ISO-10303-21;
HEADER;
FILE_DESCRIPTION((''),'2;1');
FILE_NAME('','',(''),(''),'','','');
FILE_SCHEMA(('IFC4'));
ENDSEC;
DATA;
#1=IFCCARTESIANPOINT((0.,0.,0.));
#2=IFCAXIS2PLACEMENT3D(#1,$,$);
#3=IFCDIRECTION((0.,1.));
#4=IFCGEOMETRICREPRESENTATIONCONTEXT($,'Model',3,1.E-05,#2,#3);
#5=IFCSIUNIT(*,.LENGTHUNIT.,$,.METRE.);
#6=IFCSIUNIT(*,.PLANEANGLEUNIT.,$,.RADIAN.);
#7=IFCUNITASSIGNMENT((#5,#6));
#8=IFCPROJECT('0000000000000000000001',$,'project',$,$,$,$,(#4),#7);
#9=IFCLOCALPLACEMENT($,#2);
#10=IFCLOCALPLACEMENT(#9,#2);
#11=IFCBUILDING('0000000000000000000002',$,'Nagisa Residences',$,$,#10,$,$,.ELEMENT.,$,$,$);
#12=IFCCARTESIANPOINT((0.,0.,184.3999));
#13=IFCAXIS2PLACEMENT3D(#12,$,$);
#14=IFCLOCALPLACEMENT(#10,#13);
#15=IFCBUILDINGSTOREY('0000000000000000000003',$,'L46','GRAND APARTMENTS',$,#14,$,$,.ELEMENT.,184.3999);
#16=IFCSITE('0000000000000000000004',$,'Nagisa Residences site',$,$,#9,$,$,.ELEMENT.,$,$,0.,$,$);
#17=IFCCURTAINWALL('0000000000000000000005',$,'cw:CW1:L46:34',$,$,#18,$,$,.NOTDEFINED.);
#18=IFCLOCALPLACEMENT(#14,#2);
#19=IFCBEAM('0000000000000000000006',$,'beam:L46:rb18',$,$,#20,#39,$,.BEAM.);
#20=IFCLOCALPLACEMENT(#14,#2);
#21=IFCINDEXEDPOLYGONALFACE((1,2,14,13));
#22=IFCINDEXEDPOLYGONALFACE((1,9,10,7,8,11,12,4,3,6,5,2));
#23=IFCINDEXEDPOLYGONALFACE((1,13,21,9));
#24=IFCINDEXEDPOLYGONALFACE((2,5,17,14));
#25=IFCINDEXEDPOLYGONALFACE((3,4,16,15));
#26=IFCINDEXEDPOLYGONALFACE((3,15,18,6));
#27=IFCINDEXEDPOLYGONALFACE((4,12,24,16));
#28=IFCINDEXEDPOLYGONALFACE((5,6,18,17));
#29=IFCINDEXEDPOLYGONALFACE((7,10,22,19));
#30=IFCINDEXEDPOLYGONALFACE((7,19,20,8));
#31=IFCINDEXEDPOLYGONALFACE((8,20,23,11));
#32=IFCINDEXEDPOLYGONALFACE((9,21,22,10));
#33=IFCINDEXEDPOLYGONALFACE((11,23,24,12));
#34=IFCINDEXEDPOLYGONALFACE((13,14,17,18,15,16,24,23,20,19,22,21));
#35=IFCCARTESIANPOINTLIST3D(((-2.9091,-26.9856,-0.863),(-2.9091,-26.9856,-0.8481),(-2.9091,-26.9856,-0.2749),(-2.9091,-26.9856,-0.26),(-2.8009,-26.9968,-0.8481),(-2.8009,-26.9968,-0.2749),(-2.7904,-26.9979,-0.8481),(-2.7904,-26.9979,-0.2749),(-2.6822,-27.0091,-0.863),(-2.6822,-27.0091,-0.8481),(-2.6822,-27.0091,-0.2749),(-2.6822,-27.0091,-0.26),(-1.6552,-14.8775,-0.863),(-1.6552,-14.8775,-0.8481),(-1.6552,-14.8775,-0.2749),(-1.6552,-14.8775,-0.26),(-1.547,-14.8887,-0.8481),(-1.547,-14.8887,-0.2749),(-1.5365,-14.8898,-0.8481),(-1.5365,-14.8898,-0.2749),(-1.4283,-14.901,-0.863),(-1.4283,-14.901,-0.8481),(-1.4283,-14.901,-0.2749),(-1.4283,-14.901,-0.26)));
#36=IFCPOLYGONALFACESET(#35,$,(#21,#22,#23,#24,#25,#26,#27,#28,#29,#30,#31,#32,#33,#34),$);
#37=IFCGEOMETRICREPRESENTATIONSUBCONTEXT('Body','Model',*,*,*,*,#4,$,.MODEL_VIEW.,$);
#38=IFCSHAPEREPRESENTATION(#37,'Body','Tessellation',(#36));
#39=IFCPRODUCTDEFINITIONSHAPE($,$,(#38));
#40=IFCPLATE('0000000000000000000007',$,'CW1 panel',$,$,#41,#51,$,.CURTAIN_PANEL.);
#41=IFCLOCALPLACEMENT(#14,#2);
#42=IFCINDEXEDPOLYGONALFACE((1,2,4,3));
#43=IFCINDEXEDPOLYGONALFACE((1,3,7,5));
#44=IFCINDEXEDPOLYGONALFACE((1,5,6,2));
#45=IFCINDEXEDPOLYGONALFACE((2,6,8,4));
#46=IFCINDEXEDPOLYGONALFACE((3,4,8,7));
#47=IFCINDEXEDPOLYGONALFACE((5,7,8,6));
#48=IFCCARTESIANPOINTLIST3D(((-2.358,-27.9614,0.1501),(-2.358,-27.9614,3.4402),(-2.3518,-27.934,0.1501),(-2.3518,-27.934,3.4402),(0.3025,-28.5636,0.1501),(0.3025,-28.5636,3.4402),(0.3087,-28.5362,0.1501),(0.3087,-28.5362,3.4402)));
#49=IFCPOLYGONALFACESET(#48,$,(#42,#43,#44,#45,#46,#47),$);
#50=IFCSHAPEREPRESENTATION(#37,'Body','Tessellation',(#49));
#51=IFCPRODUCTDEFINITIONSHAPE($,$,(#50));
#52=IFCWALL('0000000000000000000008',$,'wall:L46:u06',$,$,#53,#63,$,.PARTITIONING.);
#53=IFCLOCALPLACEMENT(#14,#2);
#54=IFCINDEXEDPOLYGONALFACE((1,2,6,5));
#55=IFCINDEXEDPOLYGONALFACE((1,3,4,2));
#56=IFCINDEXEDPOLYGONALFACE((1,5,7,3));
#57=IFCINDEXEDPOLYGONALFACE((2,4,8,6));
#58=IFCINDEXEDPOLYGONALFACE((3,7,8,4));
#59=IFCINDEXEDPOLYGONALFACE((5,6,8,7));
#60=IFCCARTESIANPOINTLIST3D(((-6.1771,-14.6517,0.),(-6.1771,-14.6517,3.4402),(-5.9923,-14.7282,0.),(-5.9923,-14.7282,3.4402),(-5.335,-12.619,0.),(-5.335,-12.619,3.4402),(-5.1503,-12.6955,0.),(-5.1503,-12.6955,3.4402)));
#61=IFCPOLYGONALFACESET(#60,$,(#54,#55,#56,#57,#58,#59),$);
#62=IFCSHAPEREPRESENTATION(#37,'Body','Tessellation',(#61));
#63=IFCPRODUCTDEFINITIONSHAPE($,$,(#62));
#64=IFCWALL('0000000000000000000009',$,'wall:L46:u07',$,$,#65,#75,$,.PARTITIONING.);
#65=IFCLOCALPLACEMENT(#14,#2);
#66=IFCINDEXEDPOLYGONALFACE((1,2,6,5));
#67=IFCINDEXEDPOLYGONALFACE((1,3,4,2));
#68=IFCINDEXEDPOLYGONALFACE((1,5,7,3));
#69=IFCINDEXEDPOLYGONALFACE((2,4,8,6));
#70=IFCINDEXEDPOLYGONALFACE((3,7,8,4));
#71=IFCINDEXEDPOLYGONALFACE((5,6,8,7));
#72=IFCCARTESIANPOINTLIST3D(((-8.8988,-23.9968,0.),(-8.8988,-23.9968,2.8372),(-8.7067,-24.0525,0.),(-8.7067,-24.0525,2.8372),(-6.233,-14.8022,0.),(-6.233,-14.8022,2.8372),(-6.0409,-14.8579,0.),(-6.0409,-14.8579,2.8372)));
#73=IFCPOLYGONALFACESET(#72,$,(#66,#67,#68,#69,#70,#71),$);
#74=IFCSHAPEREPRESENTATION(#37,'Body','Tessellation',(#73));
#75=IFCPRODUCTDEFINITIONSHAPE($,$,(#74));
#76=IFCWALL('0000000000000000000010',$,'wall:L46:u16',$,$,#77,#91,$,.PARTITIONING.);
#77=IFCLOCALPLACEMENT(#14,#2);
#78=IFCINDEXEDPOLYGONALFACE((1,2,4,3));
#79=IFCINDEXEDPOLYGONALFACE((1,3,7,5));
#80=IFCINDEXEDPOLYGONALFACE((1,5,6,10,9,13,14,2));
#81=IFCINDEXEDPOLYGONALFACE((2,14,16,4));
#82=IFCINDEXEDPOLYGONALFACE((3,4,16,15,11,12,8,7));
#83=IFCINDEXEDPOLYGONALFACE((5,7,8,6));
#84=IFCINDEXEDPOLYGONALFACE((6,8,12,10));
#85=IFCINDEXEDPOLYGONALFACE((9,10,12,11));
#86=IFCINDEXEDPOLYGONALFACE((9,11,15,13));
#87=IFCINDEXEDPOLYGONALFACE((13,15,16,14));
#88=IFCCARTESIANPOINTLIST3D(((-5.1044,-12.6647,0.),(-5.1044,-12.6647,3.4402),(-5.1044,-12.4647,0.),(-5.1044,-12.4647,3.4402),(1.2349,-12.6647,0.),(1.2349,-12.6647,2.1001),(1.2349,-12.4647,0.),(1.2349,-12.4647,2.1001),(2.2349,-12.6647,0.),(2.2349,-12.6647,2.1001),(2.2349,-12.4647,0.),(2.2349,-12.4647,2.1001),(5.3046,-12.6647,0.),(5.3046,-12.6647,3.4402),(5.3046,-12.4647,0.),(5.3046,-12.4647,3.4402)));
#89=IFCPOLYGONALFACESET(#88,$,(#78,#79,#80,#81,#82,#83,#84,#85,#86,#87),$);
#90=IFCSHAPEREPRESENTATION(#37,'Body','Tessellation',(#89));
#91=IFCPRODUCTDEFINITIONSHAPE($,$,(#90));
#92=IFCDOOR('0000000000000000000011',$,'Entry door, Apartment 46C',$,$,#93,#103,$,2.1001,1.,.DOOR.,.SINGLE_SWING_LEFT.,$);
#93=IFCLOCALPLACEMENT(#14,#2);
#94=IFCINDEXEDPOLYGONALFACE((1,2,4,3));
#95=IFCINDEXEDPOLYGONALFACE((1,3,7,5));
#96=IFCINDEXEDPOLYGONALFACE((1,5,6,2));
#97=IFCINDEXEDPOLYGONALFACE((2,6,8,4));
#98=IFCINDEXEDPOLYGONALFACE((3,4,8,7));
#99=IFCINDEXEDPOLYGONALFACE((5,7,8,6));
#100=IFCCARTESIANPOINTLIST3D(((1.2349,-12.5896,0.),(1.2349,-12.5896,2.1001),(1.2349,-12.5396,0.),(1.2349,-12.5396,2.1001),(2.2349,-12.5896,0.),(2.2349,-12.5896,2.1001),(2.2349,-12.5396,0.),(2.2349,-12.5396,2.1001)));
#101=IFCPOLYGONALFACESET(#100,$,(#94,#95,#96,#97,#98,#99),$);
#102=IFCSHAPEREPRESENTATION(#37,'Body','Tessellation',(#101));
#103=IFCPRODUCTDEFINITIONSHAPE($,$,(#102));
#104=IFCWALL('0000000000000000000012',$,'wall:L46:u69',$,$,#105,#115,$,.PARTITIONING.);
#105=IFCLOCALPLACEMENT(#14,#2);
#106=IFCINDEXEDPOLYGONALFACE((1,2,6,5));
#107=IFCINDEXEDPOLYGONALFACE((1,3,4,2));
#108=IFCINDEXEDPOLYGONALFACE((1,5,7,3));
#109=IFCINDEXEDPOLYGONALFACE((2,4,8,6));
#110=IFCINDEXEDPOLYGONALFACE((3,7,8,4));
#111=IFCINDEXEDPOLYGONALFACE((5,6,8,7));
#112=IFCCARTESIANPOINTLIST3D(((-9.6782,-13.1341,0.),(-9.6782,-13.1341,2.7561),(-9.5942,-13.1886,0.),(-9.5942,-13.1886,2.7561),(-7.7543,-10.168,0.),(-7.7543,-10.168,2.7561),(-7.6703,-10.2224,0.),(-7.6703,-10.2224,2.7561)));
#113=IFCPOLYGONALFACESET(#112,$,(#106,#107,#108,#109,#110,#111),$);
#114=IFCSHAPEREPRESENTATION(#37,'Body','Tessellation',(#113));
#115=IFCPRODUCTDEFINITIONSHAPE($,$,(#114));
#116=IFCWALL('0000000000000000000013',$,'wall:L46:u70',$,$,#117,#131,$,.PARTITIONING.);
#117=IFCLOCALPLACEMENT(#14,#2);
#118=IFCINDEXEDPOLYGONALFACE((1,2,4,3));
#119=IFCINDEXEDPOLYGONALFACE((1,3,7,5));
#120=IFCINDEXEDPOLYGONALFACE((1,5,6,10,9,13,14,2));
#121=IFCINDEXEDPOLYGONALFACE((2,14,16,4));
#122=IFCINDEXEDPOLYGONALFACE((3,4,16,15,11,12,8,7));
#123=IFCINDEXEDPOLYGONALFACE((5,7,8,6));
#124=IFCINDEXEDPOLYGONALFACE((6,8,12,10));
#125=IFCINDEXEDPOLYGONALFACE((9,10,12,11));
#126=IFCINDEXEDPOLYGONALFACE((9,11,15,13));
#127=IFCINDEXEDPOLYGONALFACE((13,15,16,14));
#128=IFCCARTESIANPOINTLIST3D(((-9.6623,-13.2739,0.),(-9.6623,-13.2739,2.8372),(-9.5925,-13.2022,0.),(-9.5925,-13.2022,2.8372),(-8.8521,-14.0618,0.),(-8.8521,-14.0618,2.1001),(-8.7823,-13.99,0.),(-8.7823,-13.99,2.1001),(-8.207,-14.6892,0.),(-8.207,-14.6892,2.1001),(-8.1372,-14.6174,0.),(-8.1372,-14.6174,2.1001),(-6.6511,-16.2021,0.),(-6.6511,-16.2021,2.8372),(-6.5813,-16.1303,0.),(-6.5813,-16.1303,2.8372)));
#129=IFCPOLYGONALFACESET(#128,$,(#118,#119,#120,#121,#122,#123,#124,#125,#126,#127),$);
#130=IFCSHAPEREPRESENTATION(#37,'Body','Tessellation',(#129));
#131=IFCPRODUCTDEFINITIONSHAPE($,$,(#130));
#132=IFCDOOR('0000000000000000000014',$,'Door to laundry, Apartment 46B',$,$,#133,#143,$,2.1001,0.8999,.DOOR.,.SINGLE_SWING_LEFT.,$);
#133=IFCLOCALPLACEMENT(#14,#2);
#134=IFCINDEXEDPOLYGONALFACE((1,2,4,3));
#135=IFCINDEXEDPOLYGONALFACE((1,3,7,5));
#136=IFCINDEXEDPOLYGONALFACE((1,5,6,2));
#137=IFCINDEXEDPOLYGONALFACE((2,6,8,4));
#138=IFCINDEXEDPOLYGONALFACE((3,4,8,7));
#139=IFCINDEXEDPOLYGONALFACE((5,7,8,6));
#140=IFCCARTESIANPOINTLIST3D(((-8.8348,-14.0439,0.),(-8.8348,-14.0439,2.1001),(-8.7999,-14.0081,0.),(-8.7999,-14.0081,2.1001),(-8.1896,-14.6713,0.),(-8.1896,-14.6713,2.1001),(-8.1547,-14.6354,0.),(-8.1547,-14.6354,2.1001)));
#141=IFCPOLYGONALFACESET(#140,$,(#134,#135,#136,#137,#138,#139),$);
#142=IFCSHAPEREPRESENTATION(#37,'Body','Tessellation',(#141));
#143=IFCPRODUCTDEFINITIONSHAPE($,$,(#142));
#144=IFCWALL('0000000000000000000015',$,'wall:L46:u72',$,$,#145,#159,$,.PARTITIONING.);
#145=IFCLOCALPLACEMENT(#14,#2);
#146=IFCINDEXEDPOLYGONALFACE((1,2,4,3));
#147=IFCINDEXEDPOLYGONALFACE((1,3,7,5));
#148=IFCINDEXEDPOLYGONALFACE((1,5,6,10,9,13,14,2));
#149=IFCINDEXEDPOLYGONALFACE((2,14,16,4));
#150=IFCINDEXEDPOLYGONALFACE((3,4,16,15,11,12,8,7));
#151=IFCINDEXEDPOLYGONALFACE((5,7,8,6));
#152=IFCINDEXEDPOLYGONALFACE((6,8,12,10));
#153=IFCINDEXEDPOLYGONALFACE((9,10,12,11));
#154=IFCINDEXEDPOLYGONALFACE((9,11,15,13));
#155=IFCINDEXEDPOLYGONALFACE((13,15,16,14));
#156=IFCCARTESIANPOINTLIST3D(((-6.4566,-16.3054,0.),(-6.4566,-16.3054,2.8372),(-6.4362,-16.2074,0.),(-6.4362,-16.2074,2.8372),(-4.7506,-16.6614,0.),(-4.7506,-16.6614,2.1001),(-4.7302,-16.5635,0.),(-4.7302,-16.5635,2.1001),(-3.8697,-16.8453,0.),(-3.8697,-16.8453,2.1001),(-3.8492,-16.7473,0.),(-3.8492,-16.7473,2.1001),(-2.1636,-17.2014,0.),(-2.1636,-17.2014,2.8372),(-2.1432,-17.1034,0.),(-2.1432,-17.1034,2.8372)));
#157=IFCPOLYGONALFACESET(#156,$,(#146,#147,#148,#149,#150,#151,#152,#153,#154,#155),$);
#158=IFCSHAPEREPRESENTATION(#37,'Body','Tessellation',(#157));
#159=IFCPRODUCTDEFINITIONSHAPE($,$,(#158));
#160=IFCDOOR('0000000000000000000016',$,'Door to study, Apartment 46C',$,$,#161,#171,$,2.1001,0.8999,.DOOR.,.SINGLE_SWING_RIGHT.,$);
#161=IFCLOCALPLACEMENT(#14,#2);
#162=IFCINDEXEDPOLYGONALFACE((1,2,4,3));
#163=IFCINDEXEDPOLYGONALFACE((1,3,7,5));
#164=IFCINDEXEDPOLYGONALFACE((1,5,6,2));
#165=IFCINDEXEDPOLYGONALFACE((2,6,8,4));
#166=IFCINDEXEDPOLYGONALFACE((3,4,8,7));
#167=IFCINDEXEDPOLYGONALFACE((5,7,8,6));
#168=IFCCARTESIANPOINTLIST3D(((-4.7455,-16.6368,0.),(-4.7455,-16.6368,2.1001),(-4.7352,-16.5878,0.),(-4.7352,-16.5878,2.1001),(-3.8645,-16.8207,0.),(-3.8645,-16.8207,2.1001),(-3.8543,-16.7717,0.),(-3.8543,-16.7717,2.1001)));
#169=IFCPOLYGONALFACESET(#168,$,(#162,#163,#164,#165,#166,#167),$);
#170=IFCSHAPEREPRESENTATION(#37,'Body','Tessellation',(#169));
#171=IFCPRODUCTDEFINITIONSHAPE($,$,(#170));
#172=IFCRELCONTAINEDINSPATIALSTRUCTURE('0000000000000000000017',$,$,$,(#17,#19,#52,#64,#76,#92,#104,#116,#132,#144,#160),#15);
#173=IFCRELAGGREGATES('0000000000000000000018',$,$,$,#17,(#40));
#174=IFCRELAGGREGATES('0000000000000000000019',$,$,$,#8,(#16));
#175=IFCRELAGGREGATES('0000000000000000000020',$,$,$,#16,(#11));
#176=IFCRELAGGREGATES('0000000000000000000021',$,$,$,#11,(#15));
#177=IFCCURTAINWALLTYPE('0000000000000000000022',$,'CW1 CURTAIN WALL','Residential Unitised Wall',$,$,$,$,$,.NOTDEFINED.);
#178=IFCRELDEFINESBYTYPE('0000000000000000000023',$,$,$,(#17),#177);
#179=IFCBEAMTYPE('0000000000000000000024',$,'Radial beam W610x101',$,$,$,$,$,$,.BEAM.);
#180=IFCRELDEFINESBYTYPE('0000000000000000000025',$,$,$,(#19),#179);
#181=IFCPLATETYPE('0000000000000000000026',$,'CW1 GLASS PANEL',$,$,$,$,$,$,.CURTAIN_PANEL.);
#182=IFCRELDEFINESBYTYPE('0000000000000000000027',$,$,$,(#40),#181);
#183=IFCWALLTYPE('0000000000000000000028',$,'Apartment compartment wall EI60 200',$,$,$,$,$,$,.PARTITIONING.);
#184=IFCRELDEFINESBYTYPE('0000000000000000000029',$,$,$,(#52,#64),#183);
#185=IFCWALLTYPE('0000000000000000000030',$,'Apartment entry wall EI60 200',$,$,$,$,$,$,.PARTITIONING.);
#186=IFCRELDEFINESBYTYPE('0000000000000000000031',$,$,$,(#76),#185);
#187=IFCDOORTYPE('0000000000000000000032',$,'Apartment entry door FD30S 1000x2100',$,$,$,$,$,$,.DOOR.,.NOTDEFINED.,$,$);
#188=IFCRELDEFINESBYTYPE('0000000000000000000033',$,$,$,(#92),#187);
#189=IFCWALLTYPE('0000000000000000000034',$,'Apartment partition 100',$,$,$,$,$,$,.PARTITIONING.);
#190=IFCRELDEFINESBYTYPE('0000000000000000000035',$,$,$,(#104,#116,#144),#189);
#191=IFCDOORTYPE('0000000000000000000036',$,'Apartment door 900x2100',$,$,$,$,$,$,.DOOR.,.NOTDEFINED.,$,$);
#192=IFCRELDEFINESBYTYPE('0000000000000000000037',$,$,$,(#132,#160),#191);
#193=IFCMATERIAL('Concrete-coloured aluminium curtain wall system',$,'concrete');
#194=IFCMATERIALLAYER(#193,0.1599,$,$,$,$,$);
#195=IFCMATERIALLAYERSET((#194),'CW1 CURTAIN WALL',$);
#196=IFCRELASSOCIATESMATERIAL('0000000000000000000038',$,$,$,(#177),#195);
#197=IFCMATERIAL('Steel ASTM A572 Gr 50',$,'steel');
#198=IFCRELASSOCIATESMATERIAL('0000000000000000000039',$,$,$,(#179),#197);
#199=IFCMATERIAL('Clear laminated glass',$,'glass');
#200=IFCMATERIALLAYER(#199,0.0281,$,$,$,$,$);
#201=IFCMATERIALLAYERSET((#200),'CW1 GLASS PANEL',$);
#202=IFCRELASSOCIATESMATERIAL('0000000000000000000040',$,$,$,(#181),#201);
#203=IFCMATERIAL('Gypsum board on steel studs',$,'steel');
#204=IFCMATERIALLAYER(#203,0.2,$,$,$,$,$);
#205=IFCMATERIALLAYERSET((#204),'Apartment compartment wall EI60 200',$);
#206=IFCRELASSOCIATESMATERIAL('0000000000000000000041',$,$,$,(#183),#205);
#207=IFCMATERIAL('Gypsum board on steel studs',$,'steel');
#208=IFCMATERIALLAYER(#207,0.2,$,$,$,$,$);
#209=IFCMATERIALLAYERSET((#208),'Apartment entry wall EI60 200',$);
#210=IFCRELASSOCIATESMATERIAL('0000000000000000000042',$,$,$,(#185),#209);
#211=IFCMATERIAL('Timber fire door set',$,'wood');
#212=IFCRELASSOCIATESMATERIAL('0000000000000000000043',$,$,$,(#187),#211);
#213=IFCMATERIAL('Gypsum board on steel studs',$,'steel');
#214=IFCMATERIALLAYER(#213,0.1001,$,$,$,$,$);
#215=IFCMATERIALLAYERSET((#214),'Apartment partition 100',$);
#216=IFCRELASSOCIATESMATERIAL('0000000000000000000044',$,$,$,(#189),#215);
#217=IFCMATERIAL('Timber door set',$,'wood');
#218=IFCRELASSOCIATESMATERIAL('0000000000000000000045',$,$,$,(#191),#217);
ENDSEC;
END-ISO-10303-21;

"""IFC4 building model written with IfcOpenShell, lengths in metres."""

from ifc_helpers import new_model, si_unit, direction, frame, frame_2d, origin, origin_2d, place, context, subcontext, project, spatial, rectangle, i_section, extrude, material, layer, layer_set, material_profile, profile_set, type_object, element, fill, aggregate, save


model = new_model("IFC4")

# Units and contexts
model_context = context("Model", 3, precision=1e-05, world=origin(), true_north=direction((0.0, 1.0)))
body_context = subcontext(model_context, "Body", "Model", "MODEL_VIEW")
ifc_project = project(units=[si_unit("LENGTHUNIT", "METRE"), si_unit("PLANEANGLEUNIT", "RADIAN")], contexts=[model_context])

# Site, building, storey
site_placement = place(None, origin())
site = spatial("IfcSite", under=ifc_project, at=site_placement, Name="Nagisa Residences site", CompositionType="ELEMENT", RefElevation=0.0)
building_placement = place(site_placement, origin())
building = spatial("IfcBuilding", under=site, at=building_placement, Name="Nagisa Residences", CompositionType="ELEMENT")
storey_placement = place(building_placement, frame((0.0, 0.0, 184.3999)))
storey = spatial("IfcBuildingStorey", under=building, at=storey_placement, Name="L46", Description="GRAND APARTMENTS", CompositionType="ELEMENT", Elevation=184.3999)

# Curtain wall
ifc_material_1 = material(Name="Concrete-coloured aluminium curtain wall system", Category="concrete")
ifc_layer_1 = layer(ifc_material_1, 0.1599)
ifc_layer_set_1 = layer_set([ifc_layer_1], Name="CW1 CURTAIN WALL")
curtain_wall_type = type_object("IfcCurtainWallType", Name="CW1 CURTAIN WALL", Description="Residential Unitised Wall", PredefinedType="NOTDEFINED", material=ifc_layer_set_1)
curtain_wall_placement = place(storey_placement, origin())
curtain_wall = element("IfcCurtainWall", 1, at=curtain_wall_placement, inside=storey, type_object=curtain_wall_type, Name="cw:CW1:L46:34", PredefinedType="NOTDEFINED")

# Beam
ifc_material_2 = material(Name="Steel ASTM A572 Gr 50", Category="steel")
ifc_material_profile_1 = material_profile(ifc_material_2, i_section(OverallWidth=0.228, OverallDepth=0.603, WebThickness=0.0105, FlangeThickness=0.0149, at=origin_2d()), Name="W610x101")
ifc_profile_set_1 = profile_set([ifc_material_profile_1], Name="Steel ASTM A572 Gr 50")
beam_type_1 = type_object("IfcBeamType", Name="Radial beam W610x101", PredefinedType="BEAM", material=ifc_profile_set_1)
beam_1_placement = place(storey_placement, frame((-2.7957, -26.9973, -0.5615), z_axis=(0.103008, 0.994681, 0.0), x_axis=(-0.994681, 0.103008, 0.0)))
element("IfcBeam", 2, at=beam_1_placement, inside=storey, type_object=beam_type_1, Name="beam:L46:rb18", PredefinedType="BEAM", context=body_context, shape_type="SweptSolid", body=[
    extrude(i_section(OverallWidth=0.228, OverallDepth=0.603, WebThickness=0.0105, FlangeThickness=0.0149, at=origin_2d()), origin(), (0.0, 0.0, 1.0), 12.1729),
])

# Plate
ifc_material_3 = material(Name="Clear laminated glass", Category="glass")
ifc_layer_2 = layer(ifc_material_3, 0.0281)
ifc_layer_set_2 = layer_set([ifc_layer_2], Name="CW1 GLASS PANEL")
plate_type = type_object("IfcPlateType", Name="CW1 GLASS PANEL", PredefinedType="CURTAIN_PANEL", material=ifc_layer_set_2)
plate_placement = place(storey_placement, frame((-1.0247, -28.2488, 0.1501), z_axis=(0.0, 0.0, 1.0), x_axis=(0.975327, -0.220764, 0.0)))
plate = element("IfcPlate", 3, at=plate_placement, type_object=plate_type, Name="CW1 panel", PredefinedType="CURTAIN_PANEL", context=body_context, shape_type="SweptSolid", body=[
    extrude(rectangle(XDim=2.7278, YDim=0.0281, at=origin_2d()), origin(), (0.0, 0.0, 1.0), 3.29),
])
aggregate(curtain_wall, [plate])

# Walls
ifc_material_4 = material(Name="Gypsum board on steel studs", Category="steel")
ifc_layer_3 = layer(ifc_material_4, 0.2)
ifc_layer_set_3 = layer_set([ifc_layer_3], Name="Apartment compartment wall EI60 200")
wall_type_1 = type_object("IfcWallType", Name="Apartment compartment wall EI60 200", PredefinedType="PARTITIONING", material=ifc_layer_set_3)
wall_1_placement = place(storey_placement, frame((-5.2427, -12.6572, 0.0), z_axis=(0.0, 0.0, 1.0), x_axis=(-0.382708, -0.923869, 0.0)))
element("IfcWall", 4, at=wall_1_placement, inside=storey, type_object=wall_type_1, Name="wall:L46:u06", PredefinedType="PARTITIONING", context=body_context, shape_type="SweptSolid", body=[
    extrude(rectangle(XDim=2.2002, YDim=0.2, at=frame_2d((1.1001, 0.0))), origin(), (0.0, 0.0, 1.0), 3.4402),
])
wall_2_placement = place(storey_placement, frame((-6.137, -14.8301, 0.0), z_axis=(0.0, 0.0, 1.0), x_axis=(-0.278461, -0.960447, 0.0)))
element("IfcWall", 5, at=wall_2_placement, inside=storey, type_object=wall_type_1, Name="wall:L46:u07", PredefinedType="PARTITIONING", context=body_context, shape_type="SweptSolid", body=[
    extrude(rectangle(XDim=9.5732, YDim=0.2, at=frame_2d((4.7866, 0.0))), origin(), (0.0, 0.0, 1.0), 2.8372),
])

# Wall, opening, door
ifc_material_5 = material(Name="Gypsum board on steel studs", Category="steel")
ifc_layer_4 = layer(ifc_material_5, 0.2)
ifc_layer_set_4 = layer_set([ifc_layer_4], Name="Apartment entry wall EI60 200")
wall_type_2 = type_object("IfcWallType", Name="Apartment entry wall EI60 200", PredefinedType="PARTITIONING", material=ifc_layer_set_4)
wall_3_placement = place(storey_placement, frame((-5.1045, -12.5647, 0.0), z_axis=(0.0, 0.0, 1.0), x_axis=(1.0, 0.0, 0.0)))
wall_3 = element("IfcWall", 6, at=wall_3_placement, inside=storey, type_object=wall_type_2, Name="wall:L46:u16", PredefinedType="PARTITIONING", context=body_context, shape_type="SweptSolid", body=[
    extrude(rectangle(XDim=10.4089, YDim=0.2, at=frame_2d((5.2046, 0.0))), origin(), (0.0, 0.0, 1.0), 3.4402),
])
opening_1_placement = place(wall_3_placement, frame((6.3394, 0.0, 0.0)))
opening_1 = element("IfcOpeningElement", 7, at=opening_1_placement, cuts=wall_3, PredefinedType="OPENING", context=body_context, shape_type="SweptSolid", body=[
    extrude(rectangle(XDim=1.0, YDim=2.1001, at=frame_2d((0.5, 1.05))), frame((0.0, 0.1099, 0.0), z_axis=(0.0, -1.0, 0.0), x_axis=(1.0, 0.0, 0.0)), (0.0, 0.0, 1.0), 0.22),
])
ifc_material_6 = material(Name="Timber fire door set", Category="wood")
door_type_1 = type_object("IfcDoorType", Name="Apartment entry door FD30S 1000x2100", OperationType="NOTDEFINED", PredefinedType="DOOR", material=ifc_material_6)
door_1_placement = place(opening_1_placement, frame((1.0, 0.0, 0.0), x_axis=(-1.0, 0.0, 0.0)))
door_1 = element("IfcDoor", 8, at=door_1_placement, inside=storey, type_object=door_type_1, Name="Entry door, Apartment 46C", OperationType="SINGLE_SWING_LEFT", OverallHeight=2.1001, OverallWidth=1.0, PredefinedType="DOOR", context=body_context, shape_type="SweptSolid", body=[
    extrude(rectangle(XDim=1.0, YDim=2.1001, at=frame_2d((0.5, 1.05))), frame((0.0, 0.0249, 0.0), z_axis=(0.0, -1.0, 0.0), x_axis=(1.0, 0.0, 0.0)), (0.0, 0.0, 1.0), 0.05),
])
fill(opening_1, door_1)

# Wall
ifc_material_7 = material(Name="Gypsum board on steel studs", Category="steel")
ifc_layer_5 = layer(ifc_material_7, 0.1001)
ifc_layer_set_5 = layer_set([ifc_layer_5], Name="Apartment partition 100")
wall_type_3 = type_object("IfcWallType", Name="Apartment partition 100", PredefinedType="PARTITIONING", material=ifc_layer_set_5)
wall_4_placement = place(storey_placement, frame((-7.7124, -10.1953, 0.0), z_axis=(0.0, 0.0, 1.0), x_axis=(-0.54417, -0.838975, 0.0)))
element("IfcWall", 9, at=wall_4_placement, inside=storey, type_object=wall_type_3, Name="wall:L46:u69", PredefinedType="PARTITIONING", context=body_context, shape_type="SweptSolid", body=[
    extrude(rectangle(XDim=3.5354, YDim=0.1001, at=frame_2d((1.7676, 0.0))), origin(), (0.0, 0.0, 1.0), 2.7561),
])

# Walls, openings, doors
wall_5_placement = place(storey_placement, frame((-9.6274, -13.238, 0.0), z_axis=(0.0, 0.0, 1.0), x_axis=(0.716919, -0.697156, 0.0)))
wall_5 = element("IfcWall", 10, at=wall_5_placement, inside=storey, type_object=wall_type_3, Name="wall:L46:u70", PredefinedType="PARTITIONING", context=body_context, shape_type="SweptSolid", body=[
    extrude(rectangle(XDim=4.2002, YDim=0.1001, at=frame_2d((2.1001, 0.0))), origin(), (0.0, 0.0, 1.0), 2.8372),
])
opening_2_placement = place(wall_5_placement, frame((1.1301, 0.0, 0.0)))
opening_2 = element("IfcOpeningElement", 11, at=opening_2_placement, cuts=wall_5, PredefinedType="OPENING", context=body_context, shape_type="SweptSolid", body=[
    extrude(rectangle(XDim=0.8999, YDim=2.1001, at=frame_2d((0.45, 1.05))), frame((0.0, 0.0601, 0.0), z_axis=(0.0, -1.0, 0.0), x_axis=(1.0, 0.0, 0.0)), (0.0, 0.0, 1.0), 0.1201),
])
ifc_material_8 = material(Name="Timber door set", Category="wood")
door_type_2 = type_object("IfcDoorType", Name="Apartment door 900x2100", OperationType="NOTDEFINED", PredefinedType="DOOR", material=ifc_material_8)
door_2_placement = place(opening_2_placement, origin())
door_2 = element("IfcDoor", 12, at=door_2_placement, inside=storey, type_object=door_type_2, Name="Door to laundry, Apartment 46B", OperationType="SINGLE_SWING_LEFT", OverallHeight=2.1001, OverallWidth=0.8999, PredefinedType="DOOR", context=body_context, shape_type="SweptSolid", body=[
    extrude(rectangle(XDim=0.8999, YDim=2.1001, at=frame_2d((0.45, 1.05))), frame((0.0, 0.0249, 0.0), z_axis=(0.0, -1.0, 0.0), x_axis=(1.0, 0.0, 0.0)), (0.0, 0.0, 1.0), 0.05),
])
fill(opening_2, door_2)
wall_6_placement = place(storey_placement, frame((-6.4465, -16.2563, 0.0), z_axis=(0.0, 0.0, 1.0), x_axis=(0.978906, -0.20431, 0.0)))
wall_6 = element("IfcWall", 13, at=wall_6_placement, inside=storey, type_object=wall_type_3, Name="wall:L46:u72", PredefinedType="PARTITIONING", context=body_context, shape_type="SweptSolid", body=[
    extrude(rectangle(XDim=4.3855, YDim=0.1001, at=frame_2d((2.1929, 0.0))), origin(), (0.0, 0.0, 1.0), 2.8372),
])
opening_3_placement = place(wall_6_placement, frame((1.7429, 0.0, 0.0)))
opening_3 = element("IfcOpeningElement", 14, at=opening_3_placement, cuts=wall_6, PredefinedType="OPENING", context=body_context, shape_type="SweptSolid", body=[
    extrude(rectangle(XDim=0.8999, YDim=2.1001, at=frame_2d((0.45, 1.05))), frame((0.0, 0.0601, 0.0), z_axis=(0.0, -1.0, 0.0), x_axis=(1.0, 0.0, 0.0)), (0.0, 0.0, 1.0), 0.1201),
])
door_3_placement = place(opening_3_placement, frame((0.8999, 0.0, 0.0), x_axis=(-1.0, 0.0, 0.0)))
door_3 = element("IfcDoor", 15, at=door_3_placement, inside=storey, type_object=door_type_2, Name="Door to study, Apartment 46C", OperationType="SINGLE_SWING_RIGHT", OverallHeight=2.1001, OverallWidth=0.8999, PredefinedType="DOOR", context=body_context, shape_type="SweptSolid", body=[
    extrude(rectangle(XDim=0.8999, YDim=2.1001, at=frame_2d((0.45, 1.05))), frame((0.0, 0.0249, 0.0), z_axis=(0.0, -1.0, 0.0), x_axis=(1.0, 0.0, 0.0)), (0.0, 0.0, 1.0), 0.05),
])
fill(opening_3, door_3)

save(model, "model.ifc")
